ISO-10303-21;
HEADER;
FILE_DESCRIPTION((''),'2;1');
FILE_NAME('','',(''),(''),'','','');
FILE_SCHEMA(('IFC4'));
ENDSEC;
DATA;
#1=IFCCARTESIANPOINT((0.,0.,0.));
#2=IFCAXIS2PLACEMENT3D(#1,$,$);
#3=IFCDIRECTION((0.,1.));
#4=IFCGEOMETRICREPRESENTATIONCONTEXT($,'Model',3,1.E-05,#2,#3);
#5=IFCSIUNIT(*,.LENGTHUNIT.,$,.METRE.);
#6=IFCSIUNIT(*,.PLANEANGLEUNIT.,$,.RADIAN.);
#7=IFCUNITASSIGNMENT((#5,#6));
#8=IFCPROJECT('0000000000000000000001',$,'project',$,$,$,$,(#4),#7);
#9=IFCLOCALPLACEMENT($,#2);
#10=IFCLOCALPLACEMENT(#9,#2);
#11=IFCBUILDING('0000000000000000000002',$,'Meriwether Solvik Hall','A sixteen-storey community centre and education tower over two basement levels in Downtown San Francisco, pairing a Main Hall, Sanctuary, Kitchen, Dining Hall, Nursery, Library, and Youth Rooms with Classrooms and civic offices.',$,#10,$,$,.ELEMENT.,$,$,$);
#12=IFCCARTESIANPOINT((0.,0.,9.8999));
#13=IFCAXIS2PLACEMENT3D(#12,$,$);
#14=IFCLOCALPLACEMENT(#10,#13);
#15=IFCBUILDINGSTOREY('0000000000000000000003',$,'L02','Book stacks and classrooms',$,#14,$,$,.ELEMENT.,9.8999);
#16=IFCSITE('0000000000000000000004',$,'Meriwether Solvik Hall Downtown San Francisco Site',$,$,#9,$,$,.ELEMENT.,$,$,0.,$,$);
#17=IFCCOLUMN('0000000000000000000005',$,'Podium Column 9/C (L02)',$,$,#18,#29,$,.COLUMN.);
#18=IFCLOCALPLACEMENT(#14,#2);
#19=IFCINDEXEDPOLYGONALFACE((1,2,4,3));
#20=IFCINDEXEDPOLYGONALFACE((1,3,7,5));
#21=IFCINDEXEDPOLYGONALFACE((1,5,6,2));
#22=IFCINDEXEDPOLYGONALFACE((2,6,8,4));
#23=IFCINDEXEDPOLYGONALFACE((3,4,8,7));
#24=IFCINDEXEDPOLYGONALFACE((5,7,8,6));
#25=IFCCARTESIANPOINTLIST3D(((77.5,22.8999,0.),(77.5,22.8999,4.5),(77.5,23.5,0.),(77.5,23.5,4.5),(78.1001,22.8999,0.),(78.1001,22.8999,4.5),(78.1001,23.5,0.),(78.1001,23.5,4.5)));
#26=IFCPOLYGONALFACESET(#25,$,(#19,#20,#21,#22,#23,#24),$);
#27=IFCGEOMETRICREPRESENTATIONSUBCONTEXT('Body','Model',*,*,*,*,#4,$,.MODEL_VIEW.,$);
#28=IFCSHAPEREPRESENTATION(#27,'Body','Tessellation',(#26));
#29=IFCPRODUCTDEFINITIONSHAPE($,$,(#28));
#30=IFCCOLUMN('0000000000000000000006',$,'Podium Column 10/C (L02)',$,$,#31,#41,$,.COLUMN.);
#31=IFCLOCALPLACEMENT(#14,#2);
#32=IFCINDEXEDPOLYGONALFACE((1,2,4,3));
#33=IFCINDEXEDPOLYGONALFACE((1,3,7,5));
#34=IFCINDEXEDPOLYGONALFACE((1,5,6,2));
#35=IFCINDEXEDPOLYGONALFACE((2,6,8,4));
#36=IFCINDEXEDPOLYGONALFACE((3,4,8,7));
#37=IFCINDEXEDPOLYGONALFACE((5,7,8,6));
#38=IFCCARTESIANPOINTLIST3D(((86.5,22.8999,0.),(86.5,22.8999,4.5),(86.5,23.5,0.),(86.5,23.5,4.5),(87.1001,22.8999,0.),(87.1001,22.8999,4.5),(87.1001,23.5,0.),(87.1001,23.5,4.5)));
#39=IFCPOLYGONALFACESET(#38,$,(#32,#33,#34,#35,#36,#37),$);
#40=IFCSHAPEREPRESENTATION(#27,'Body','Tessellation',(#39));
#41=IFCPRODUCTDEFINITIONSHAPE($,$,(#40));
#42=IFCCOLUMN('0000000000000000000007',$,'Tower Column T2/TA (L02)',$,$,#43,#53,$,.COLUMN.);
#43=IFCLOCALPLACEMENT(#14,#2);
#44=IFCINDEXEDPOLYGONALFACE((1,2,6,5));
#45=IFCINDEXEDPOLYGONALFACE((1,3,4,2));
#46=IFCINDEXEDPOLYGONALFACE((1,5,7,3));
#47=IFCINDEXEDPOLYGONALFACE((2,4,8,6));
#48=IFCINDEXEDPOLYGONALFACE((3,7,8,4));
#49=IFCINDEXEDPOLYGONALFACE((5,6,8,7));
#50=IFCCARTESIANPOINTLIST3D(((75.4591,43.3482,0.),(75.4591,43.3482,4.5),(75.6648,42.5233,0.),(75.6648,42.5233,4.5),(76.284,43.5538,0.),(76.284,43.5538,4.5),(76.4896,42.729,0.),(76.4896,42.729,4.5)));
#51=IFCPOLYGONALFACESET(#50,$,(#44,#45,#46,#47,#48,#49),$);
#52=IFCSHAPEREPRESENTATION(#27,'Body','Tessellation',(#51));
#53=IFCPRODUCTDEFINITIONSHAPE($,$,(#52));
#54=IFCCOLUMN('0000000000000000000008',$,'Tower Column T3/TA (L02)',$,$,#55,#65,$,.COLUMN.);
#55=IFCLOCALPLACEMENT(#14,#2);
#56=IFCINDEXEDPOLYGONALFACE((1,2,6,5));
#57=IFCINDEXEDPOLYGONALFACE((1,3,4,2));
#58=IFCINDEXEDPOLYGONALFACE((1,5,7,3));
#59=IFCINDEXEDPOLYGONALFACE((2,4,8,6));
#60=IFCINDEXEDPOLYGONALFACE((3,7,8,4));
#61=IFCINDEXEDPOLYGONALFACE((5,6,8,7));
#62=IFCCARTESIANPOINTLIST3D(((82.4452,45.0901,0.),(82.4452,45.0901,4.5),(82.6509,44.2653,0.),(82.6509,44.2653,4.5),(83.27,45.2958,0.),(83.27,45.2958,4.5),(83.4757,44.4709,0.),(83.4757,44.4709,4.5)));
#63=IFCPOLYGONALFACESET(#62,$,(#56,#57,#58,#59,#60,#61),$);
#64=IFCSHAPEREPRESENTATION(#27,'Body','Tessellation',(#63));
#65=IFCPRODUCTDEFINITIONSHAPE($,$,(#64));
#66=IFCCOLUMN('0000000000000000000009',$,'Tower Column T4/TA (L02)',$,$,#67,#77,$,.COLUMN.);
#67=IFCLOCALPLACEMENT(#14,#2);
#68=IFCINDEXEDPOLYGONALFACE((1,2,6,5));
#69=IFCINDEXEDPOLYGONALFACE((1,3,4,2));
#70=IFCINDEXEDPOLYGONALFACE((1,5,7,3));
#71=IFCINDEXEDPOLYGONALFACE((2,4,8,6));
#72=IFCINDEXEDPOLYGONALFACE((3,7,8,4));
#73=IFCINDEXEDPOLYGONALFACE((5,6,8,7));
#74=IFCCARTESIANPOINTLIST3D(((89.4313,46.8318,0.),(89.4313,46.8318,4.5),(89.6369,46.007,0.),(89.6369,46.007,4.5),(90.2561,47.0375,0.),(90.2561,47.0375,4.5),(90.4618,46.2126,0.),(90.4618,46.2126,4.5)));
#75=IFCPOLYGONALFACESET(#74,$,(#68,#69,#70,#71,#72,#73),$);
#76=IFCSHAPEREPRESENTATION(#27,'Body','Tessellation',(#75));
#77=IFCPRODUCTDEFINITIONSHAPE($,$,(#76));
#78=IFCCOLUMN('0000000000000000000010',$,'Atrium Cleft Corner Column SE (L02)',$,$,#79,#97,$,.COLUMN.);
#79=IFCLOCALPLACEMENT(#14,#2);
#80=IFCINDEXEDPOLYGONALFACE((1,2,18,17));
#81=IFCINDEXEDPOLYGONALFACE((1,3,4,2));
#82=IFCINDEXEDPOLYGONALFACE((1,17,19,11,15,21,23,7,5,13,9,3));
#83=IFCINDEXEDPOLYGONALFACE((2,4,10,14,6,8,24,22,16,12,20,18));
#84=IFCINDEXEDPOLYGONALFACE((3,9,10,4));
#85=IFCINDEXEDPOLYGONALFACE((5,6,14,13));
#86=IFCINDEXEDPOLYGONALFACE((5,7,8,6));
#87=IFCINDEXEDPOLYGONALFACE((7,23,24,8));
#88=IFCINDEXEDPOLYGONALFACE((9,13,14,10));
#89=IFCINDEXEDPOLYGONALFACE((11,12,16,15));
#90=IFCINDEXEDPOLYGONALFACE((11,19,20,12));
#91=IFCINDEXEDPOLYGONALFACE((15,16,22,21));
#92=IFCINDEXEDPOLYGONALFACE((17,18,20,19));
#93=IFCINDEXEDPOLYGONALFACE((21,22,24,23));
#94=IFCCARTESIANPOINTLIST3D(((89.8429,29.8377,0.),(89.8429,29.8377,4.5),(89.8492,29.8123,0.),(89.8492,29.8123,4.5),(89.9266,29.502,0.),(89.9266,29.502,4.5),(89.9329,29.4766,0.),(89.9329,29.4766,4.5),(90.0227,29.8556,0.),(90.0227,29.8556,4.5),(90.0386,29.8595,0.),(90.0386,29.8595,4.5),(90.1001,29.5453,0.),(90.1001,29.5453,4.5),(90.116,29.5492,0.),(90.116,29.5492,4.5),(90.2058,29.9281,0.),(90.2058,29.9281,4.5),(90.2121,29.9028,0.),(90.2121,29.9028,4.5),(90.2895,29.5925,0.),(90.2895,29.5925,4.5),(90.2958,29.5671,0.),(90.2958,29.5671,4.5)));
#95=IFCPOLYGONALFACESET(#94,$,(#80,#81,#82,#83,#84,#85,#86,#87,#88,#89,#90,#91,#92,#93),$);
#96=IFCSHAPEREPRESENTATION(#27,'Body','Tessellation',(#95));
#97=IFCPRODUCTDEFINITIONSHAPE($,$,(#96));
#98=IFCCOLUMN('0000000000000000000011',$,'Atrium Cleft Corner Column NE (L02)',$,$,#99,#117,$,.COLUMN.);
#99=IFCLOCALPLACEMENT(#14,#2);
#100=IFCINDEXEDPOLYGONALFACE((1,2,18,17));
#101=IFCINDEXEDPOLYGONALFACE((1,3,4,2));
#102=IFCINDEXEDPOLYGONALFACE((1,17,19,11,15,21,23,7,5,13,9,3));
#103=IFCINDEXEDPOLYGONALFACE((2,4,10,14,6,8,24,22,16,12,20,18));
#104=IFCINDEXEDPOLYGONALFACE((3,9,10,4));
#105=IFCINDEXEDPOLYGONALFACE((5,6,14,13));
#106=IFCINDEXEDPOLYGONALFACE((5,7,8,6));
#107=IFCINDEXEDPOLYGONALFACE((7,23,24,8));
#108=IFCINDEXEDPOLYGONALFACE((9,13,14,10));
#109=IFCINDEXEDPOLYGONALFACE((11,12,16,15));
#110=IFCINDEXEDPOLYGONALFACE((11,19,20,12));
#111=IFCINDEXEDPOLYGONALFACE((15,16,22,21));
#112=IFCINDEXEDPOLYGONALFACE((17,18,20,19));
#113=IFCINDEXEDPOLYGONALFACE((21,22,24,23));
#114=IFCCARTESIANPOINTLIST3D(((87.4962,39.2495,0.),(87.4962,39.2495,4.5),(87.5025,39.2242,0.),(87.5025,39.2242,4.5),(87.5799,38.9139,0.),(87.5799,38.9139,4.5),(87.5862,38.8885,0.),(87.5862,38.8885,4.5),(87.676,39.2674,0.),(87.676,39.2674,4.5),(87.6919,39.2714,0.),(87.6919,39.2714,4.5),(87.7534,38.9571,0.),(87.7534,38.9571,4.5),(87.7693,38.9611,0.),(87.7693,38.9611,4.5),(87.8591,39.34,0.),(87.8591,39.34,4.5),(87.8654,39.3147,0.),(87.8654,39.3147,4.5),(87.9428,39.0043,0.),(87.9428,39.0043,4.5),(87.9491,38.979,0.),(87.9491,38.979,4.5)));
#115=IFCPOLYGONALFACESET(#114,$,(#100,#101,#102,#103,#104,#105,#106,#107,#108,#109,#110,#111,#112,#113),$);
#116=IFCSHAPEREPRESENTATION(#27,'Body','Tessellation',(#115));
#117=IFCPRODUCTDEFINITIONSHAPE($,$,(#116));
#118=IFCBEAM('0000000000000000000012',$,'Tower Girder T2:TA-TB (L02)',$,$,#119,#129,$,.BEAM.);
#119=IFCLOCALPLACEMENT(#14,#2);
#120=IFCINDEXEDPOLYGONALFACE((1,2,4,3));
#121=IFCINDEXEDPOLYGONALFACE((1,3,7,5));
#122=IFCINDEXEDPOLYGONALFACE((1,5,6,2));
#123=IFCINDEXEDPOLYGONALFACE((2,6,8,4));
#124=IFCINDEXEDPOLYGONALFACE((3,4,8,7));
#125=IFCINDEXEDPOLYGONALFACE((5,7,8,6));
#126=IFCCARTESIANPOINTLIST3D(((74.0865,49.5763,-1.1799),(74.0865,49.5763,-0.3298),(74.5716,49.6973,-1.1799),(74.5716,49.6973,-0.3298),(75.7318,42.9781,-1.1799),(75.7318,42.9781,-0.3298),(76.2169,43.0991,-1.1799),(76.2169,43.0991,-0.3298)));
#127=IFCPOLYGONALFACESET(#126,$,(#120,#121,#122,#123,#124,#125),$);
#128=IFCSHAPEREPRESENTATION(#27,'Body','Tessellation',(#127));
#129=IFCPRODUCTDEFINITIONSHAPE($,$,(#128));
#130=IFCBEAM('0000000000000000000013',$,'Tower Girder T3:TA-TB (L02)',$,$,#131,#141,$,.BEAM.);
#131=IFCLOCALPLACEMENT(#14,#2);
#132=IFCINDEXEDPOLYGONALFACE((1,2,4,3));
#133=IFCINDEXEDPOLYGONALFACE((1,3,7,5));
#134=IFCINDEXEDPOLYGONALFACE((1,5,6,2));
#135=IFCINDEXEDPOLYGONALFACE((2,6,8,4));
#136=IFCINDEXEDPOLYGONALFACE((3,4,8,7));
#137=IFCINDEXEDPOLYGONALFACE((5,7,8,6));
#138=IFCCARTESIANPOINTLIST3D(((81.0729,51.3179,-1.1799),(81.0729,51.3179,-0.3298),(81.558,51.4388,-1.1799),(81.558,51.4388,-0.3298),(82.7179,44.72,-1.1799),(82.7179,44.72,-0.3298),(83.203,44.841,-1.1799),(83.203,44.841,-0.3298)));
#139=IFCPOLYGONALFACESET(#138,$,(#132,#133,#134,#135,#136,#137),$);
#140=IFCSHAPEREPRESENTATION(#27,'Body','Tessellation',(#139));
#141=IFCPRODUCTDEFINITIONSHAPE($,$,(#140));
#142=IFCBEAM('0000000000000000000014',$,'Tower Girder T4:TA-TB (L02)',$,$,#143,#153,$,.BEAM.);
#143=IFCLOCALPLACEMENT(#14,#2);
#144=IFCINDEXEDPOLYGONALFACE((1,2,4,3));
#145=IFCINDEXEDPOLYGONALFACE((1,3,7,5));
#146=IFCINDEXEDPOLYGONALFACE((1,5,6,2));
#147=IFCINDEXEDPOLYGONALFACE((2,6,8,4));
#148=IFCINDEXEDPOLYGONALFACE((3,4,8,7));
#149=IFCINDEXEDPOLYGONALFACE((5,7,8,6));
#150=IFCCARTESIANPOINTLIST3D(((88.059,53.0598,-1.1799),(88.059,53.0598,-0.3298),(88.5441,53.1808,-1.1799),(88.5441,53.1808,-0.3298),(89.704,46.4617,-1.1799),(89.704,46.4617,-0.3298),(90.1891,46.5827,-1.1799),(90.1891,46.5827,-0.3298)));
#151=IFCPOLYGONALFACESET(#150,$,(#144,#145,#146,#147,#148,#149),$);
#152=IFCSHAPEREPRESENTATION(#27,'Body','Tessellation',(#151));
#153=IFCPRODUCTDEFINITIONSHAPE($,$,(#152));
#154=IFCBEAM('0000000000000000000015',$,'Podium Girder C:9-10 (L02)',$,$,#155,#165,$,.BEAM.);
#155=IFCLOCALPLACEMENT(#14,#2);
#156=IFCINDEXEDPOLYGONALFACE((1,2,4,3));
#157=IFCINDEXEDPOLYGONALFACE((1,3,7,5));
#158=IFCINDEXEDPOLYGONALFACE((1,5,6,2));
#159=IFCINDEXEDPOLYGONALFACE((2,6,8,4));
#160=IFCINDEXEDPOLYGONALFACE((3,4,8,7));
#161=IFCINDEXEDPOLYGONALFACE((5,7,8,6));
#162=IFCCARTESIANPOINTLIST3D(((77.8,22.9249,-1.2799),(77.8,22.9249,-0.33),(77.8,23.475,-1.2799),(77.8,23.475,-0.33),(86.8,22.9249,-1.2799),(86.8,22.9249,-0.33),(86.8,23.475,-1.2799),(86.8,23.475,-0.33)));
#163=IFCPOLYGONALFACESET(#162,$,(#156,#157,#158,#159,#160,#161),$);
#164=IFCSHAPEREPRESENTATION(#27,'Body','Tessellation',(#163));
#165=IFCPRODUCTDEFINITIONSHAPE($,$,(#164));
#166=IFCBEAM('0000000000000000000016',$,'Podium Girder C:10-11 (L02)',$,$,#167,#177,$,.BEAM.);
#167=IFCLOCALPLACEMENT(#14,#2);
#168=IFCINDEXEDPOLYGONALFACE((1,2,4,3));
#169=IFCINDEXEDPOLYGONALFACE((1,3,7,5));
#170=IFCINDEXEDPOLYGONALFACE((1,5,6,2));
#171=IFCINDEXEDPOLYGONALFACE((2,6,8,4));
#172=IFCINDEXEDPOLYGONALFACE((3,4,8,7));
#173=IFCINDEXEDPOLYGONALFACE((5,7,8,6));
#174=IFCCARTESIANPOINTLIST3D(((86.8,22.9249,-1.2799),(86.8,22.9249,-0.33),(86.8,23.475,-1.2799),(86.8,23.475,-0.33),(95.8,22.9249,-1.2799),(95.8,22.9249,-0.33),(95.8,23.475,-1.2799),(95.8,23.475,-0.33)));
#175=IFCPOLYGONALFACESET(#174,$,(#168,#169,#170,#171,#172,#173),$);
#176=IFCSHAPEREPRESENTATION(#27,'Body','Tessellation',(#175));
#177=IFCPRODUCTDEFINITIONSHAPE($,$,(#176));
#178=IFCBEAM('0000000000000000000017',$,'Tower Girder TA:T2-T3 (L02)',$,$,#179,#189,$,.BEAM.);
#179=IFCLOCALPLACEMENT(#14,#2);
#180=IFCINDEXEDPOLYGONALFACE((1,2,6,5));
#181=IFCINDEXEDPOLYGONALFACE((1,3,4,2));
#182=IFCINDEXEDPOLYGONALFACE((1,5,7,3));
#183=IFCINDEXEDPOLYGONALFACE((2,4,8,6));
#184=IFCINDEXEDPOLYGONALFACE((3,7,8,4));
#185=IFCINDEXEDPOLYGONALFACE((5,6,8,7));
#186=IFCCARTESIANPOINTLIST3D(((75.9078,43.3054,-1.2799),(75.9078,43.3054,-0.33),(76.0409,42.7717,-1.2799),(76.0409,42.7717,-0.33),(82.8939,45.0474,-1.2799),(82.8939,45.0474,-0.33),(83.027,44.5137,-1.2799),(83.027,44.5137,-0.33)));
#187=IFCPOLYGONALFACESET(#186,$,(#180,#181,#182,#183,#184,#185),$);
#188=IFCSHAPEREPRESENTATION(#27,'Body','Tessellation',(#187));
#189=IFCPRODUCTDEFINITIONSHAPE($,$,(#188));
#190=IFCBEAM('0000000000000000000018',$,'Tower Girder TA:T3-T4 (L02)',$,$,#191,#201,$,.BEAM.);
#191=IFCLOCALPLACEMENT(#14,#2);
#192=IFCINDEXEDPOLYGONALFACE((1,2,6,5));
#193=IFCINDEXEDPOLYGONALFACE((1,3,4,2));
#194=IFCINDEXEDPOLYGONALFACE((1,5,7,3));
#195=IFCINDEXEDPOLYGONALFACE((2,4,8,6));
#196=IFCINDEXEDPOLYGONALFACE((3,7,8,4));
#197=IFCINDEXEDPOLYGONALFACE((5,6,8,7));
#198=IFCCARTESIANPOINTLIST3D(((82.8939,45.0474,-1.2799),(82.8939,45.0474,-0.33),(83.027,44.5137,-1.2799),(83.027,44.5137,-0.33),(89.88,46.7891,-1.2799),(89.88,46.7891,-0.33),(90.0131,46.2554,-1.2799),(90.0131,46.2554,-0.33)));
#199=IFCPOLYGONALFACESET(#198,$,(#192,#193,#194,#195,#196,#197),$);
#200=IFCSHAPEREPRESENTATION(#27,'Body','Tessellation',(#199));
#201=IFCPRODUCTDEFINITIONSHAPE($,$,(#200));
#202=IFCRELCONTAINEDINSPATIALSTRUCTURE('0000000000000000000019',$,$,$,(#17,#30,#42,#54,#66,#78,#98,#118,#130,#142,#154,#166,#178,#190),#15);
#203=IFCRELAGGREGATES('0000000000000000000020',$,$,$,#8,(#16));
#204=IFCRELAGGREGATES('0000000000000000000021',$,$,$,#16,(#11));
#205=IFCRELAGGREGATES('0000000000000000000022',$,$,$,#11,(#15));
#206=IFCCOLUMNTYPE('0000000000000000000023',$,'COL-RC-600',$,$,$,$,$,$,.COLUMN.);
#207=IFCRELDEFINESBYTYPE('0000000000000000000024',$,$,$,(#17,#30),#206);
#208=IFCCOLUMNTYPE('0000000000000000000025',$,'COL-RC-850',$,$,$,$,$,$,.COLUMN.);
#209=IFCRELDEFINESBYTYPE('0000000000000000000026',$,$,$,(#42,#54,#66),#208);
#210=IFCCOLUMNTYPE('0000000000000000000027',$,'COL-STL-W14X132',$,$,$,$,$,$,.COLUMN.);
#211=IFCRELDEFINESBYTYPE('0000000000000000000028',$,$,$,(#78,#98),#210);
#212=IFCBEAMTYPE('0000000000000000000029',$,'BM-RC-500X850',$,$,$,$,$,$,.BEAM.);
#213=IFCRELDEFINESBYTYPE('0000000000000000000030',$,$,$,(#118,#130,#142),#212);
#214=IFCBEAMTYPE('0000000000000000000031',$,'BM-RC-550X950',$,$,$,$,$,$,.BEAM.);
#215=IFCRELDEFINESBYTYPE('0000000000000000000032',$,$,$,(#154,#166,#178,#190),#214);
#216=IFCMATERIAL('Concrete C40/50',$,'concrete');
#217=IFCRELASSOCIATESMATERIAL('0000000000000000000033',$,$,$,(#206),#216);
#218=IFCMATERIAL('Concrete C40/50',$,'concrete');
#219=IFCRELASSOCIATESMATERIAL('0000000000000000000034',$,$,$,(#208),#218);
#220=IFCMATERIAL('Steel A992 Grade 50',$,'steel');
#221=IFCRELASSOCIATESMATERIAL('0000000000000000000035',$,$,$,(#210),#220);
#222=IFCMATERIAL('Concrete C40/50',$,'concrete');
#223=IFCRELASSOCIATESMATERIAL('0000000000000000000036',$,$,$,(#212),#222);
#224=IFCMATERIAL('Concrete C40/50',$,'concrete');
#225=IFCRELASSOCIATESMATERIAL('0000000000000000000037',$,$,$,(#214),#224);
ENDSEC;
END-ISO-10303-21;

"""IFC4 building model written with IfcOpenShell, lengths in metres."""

from ifc_helpers import new_model, si_unit, direction, frame, origin, origin_2d, place, context, subcontext, project, spatial, rectangle, i_section, extrude, material, material_profile, profile_set, type_object, element, save


model = new_model("IFC4")

# Units and contexts
model_context = context("Model", 3, precision=1e-05, world=origin(), true_north=direction((0.0, 1.0)))
body_context = subcontext(model_context, "Body", "Model", "MODEL_VIEW")
ifc_project = project(units=[si_unit("LENGTHUNIT", "METRE"), si_unit("PLANEANGLEUNIT", "RADIAN")], contexts=[model_context])

# Site, building, storey
site_placement = place(None, origin())
site = spatial("IfcSite", under=ifc_project, at=site_placement, Name="Meriwether Solvik Hall Downtown San Francisco Site", CompositionType="ELEMENT", RefElevation=0.0)
building_placement = place(site_placement, origin())
building = spatial("IfcBuilding", under=site, at=building_placement, Name="Meriwether Solvik Hall", Description="A sixteen-storey community centre and education tower over two basement levels in Downtown San Francisco, pairing a Main Hall, Sanctuary, Kitchen, Dining Hall, Nursery, Library, and Youth Rooms with Classrooms and civic offices.", CompositionType="ELEMENT")
storey_placement = place(building_placement, frame((0.0, 0.0, 9.8999)))
storey = spatial("IfcBuildingStorey", under=building, at=storey_placement, Name="L02", Description="Book stacks and classrooms", CompositionType="ELEMENT", Elevation=9.8999)

# Columns
ifc_material_1 = material(Name="Concrete C40/50", Category="concrete")
ifc_material_profile_1 = material_profile(ifc_material_1, rectangle(XDim=0.6001, YDim=0.6001, at=origin_2d()), Name="RCC-600X600")
ifc_profile_set_1 = profile_set([ifc_material_profile_1], Name="Concrete C40/50")
column_type_1 = type_object("IfcColumnType", Name="COL-RC-600", PredefinedType="COLUMN", material=ifc_profile_set_1)
for number, where, z_axis, x_axis, name in (
    (1, (77.8, 23.2, 0.0), (0.0, 0.0, 1.0), (1.0, 0.0, 0.0), "Podium Column 9/C (L02)"),
    (2, (86.8, 23.2, 0.0), (0.0, 0.0, 1.0), (1.0, 0.0, 0.0), "Podium Column 10/C (L02)"),
):
    element("IfcColumn", number, at=place(storey_placement, frame(where, z_axis=z_axis, x_axis=x_axis)), inside=storey, type_object=column_type_1, Name=name, PredefinedType="COLUMN", context=body_context, shape_type="SweptSolid", body=[
        extrude(rectangle(XDim=0.6001, YDim=0.6001, at=origin_2d()), origin(), (0.0, 0.0, 1.0), 4.5),
    ])
ifc_material_2 = material(Name="Concrete C40/50", Category="concrete")
ifc_material_profile_2 = material_profile(ifc_material_2, rectangle(XDim=0.8501, YDim=0.8501, at=origin_2d()), Name="RCC-850X850")
ifc_profile_set_2 = profile_set([ifc_material_profile_2], Name="Concrete C40/50")
column_type_2 = type_object("IfcColumnType", Name="COL-RC-850", PredefinedType="COLUMN", material=ifc_profile_set_2)
for number, where, z_axis, x_axis, name in (
    (3, (75.9744, 43.0386, 0.0), (0.0, 0.0, 1.0), (0.970296, 0.241922, 0.0), "Tower Column T2/TA (L02)"),
    (4, (82.9604, 44.7805, 0.0), (0.0, 0.0, 1.0), (0.970296, 0.241922, 0.0), "Tower Column T3/TA (L02)"),
    (5, (89.9465, 46.5222, 0.0), (0.0, 0.0, 1.0), (0.970296, 0.241922, 0.0), "Tower Column T4/TA (L02)"),
):
    element("IfcColumn", number, at=place(storey_placement, frame(where, z_axis=z_axis, x_axis=x_axis)), inside=storey, type_object=column_type_2, Name=name, PredefinedType="COLUMN", context=body_context, shape_type="SweptSolid", body=[
        extrude(rectangle(XDim=0.8501, YDim=0.8501, at=origin_2d()), origin(), (0.0, 0.0, 1.0), 4.5),
    ])
ifc_material_3 = material(Name="Steel A992 Grade 50", Category="steel")
ifc_material_profile_3 = material_profile(ifc_material_3, i_section(OverallWidth=0.374, OverallDepth=0.3721, WebThickness=0.0164, FlangeThickness=0.0261, at=origin_2d()), Name="W14X132")
ifc_profile_set_3 = profile_set([ifc_material_profile_3], Name="Steel A992 Grade 50")
column_type_3 = type_object("IfcColumnType", Name="COL-STL-W14X132", PredefinedType="COLUMN", material=ifc_profile_set_3)
for number, where, z_axis, x_axis, name in (
    (6, (90.0693, 29.7024, 0.0), (0.0, 0.0, 1.0), (0.970296, 0.241922, 0.0), "Atrium Cleft Corner Column SE (L02)"),
    (7, (87.7227, 39.1143, 0.0), (0.0, 0.0, 1.0), (0.970296, 0.241922, 0.0), "Atrium Cleft Corner Column NE (L02)"),
):
    element("IfcColumn", number, at=place(storey_placement, frame(where, z_axis=z_axis, x_axis=x_axis)), inside=storey, type_object=column_type_3, Name=name, PredefinedType="COLUMN", context=body_context, shape_type="SweptSolid", body=[
        extrude(i_section(OverallWidth=0.374, OverallDepth=0.3721, WebThickness=0.0164, FlangeThickness=0.0261, at=origin_2d()), origin(), (0.0, 0.0, 1.0), 4.5),
    ])

# Beams
ifc_material_4 = material(Name="Concrete C40/50", Category="concrete")
ifc_material_profile_4 = material_profile(ifc_material_4, rectangle(XDim=0.5, YDim=0.8501, at=origin_2d()), Name="RCB-500X850")
ifc_profile_set_4 = profile_set([ifc_material_profile_4], Name="Concrete C40/50")
beam_type_1 = type_object("IfcBeamType", Name="BM-RC-500X850", PredefinedType="BEAM", material=ifc_profile_set_4)
beam_1_placement = place(storey_placement, frame((75.9744, 43.0386, -0.7549), z_axis=(-0.241944, 0.97029, 0.0), x_axis=(-0.97029, -0.241944, 0.0)))
element("IfcBeam", 8, at=beam_1_placement, inside=storey, type_object=beam_type_1, Name="Tower Girder T2:TA-TB (L02)", PredefinedType="BEAM", context=body_context, shape_type="SweptSolid", body=[
    extrude(rectangle(XDim=0.5, YDim=0.8501, at=origin_2d()), origin(), (0.0, 0.0, 1.0), 6.8003),
])
beam_2_placement = place(storey_placement, frame((82.9604, 44.7805, -0.7549), z_axis=(-0.241919, 0.970296, 0.0), x_axis=(-0.970296, -0.241919, 0.0)))
element("IfcBeam", 9, at=beam_2_placement, inside=storey, type_object=beam_type_1, Name="Tower Girder T3:TA-TB (L02)", PredefinedType="BEAM", context=body_context, shape_type="SweptSolid", body=[
    extrude(rectangle(XDim=0.5, YDim=0.8501, at=origin_2d()), origin(), (0.0, 0.0, 1.0), 6.7998),
])
beam_3_placement = place(storey_placement, frame((89.9465, 46.5222, -0.7549), z_axis=(-0.24191, 0.970299, 0.0), x_axis=(-0.970299, -0.24191, 0.0)))
element("IfcBeam", 10, at=beam_3_placement, inside=storey, type_object=beam_type_1, Name="Tower Girder T4:TA-TB (L02)", PredefinedType="BEAM", context=body_context, shape_type="SweptSolid", body=[
    extrude(rectangle(XDim=0.5, YDim=0.8501, at=origin_2d()), origin(), (0.0, 0.0, 1.0), 6.8),
])
ifc_material_5 = material(Name="Concrete C40/50", Category="concrete")
ifc_material_profile_5 = material_profile(ifc_material_5, rectangle(XDim=0.55, YDim=0.95, at=origin_2d()), Name="RCB-550X950")
ifc_profile_set_5 = profile_set([ifc_material_profile_5], Name="Concrete C40/50")
beam_type_2 = type_object("IfcBeamType", Name="BM-RC-550X950", PredefinedType="BEAM", material=ifc_profile_set_5)
for number, where, z_axis, x_axis, name in (
    (11, (77.8, 23.2, -0.8049), (1.0, 0.0, 0.0), (0.0, 1.0, 0.0), "Podium Girder C:9-10 (L02)"),
    (12, (86.8, 23.2, -0.8049), (1.0, 0.0, 0.0), (0.0, 1.0, 0.0), "Podium Girder C:10-11 (L02)"),
):
    element("IfcBeam", number, at=place(storey_placement, frame(where, z_axis=z_axis, x_axis=x_axis)), inside=storey, type_object=beam_type_2, Name=name, PredefinedType="BEAM", context=body_context, shape_type="SweptSolid", body=[
        extrude(rectangle(XDim=0.55, YDim=0.95, at=origin_2d()), origin(), (0.0, 0.0, 1.0), 9.0),
    ])
for number, where, z_axis, x_axis, name in (
    (13, (75.9744, 43.0386, -0.8049), (0.970292, 0.241937, 0.0), (-0.241937, 0.970292, 0.0), "Tower Girder TA:T2-T3 (L02)"),
    (14, (82.9604, 44.7805, -0.8049), (0.9703, 0.241905, 0.0), (-0.241905, 0.9703, 0.0), "Tower Girder TA:T3-T4 (L02)"),
):
    element("IfcBeam", number, at=place(storey_placement, frame(where, z_axis=z_axis, x_axis=x_axis)), inside=storey, type_object=beam_type_2, Name=name, PredefinedType="BEAM", context=body_context, shape_type="SweptSolid", body=[
        extrude(rectangle(XDim=0.55, YDim=0.95, at=origin_2d()), origin(), (0.0, 0.0, 1.0), 7.2),
    ])

save(model, "model.ifc")
